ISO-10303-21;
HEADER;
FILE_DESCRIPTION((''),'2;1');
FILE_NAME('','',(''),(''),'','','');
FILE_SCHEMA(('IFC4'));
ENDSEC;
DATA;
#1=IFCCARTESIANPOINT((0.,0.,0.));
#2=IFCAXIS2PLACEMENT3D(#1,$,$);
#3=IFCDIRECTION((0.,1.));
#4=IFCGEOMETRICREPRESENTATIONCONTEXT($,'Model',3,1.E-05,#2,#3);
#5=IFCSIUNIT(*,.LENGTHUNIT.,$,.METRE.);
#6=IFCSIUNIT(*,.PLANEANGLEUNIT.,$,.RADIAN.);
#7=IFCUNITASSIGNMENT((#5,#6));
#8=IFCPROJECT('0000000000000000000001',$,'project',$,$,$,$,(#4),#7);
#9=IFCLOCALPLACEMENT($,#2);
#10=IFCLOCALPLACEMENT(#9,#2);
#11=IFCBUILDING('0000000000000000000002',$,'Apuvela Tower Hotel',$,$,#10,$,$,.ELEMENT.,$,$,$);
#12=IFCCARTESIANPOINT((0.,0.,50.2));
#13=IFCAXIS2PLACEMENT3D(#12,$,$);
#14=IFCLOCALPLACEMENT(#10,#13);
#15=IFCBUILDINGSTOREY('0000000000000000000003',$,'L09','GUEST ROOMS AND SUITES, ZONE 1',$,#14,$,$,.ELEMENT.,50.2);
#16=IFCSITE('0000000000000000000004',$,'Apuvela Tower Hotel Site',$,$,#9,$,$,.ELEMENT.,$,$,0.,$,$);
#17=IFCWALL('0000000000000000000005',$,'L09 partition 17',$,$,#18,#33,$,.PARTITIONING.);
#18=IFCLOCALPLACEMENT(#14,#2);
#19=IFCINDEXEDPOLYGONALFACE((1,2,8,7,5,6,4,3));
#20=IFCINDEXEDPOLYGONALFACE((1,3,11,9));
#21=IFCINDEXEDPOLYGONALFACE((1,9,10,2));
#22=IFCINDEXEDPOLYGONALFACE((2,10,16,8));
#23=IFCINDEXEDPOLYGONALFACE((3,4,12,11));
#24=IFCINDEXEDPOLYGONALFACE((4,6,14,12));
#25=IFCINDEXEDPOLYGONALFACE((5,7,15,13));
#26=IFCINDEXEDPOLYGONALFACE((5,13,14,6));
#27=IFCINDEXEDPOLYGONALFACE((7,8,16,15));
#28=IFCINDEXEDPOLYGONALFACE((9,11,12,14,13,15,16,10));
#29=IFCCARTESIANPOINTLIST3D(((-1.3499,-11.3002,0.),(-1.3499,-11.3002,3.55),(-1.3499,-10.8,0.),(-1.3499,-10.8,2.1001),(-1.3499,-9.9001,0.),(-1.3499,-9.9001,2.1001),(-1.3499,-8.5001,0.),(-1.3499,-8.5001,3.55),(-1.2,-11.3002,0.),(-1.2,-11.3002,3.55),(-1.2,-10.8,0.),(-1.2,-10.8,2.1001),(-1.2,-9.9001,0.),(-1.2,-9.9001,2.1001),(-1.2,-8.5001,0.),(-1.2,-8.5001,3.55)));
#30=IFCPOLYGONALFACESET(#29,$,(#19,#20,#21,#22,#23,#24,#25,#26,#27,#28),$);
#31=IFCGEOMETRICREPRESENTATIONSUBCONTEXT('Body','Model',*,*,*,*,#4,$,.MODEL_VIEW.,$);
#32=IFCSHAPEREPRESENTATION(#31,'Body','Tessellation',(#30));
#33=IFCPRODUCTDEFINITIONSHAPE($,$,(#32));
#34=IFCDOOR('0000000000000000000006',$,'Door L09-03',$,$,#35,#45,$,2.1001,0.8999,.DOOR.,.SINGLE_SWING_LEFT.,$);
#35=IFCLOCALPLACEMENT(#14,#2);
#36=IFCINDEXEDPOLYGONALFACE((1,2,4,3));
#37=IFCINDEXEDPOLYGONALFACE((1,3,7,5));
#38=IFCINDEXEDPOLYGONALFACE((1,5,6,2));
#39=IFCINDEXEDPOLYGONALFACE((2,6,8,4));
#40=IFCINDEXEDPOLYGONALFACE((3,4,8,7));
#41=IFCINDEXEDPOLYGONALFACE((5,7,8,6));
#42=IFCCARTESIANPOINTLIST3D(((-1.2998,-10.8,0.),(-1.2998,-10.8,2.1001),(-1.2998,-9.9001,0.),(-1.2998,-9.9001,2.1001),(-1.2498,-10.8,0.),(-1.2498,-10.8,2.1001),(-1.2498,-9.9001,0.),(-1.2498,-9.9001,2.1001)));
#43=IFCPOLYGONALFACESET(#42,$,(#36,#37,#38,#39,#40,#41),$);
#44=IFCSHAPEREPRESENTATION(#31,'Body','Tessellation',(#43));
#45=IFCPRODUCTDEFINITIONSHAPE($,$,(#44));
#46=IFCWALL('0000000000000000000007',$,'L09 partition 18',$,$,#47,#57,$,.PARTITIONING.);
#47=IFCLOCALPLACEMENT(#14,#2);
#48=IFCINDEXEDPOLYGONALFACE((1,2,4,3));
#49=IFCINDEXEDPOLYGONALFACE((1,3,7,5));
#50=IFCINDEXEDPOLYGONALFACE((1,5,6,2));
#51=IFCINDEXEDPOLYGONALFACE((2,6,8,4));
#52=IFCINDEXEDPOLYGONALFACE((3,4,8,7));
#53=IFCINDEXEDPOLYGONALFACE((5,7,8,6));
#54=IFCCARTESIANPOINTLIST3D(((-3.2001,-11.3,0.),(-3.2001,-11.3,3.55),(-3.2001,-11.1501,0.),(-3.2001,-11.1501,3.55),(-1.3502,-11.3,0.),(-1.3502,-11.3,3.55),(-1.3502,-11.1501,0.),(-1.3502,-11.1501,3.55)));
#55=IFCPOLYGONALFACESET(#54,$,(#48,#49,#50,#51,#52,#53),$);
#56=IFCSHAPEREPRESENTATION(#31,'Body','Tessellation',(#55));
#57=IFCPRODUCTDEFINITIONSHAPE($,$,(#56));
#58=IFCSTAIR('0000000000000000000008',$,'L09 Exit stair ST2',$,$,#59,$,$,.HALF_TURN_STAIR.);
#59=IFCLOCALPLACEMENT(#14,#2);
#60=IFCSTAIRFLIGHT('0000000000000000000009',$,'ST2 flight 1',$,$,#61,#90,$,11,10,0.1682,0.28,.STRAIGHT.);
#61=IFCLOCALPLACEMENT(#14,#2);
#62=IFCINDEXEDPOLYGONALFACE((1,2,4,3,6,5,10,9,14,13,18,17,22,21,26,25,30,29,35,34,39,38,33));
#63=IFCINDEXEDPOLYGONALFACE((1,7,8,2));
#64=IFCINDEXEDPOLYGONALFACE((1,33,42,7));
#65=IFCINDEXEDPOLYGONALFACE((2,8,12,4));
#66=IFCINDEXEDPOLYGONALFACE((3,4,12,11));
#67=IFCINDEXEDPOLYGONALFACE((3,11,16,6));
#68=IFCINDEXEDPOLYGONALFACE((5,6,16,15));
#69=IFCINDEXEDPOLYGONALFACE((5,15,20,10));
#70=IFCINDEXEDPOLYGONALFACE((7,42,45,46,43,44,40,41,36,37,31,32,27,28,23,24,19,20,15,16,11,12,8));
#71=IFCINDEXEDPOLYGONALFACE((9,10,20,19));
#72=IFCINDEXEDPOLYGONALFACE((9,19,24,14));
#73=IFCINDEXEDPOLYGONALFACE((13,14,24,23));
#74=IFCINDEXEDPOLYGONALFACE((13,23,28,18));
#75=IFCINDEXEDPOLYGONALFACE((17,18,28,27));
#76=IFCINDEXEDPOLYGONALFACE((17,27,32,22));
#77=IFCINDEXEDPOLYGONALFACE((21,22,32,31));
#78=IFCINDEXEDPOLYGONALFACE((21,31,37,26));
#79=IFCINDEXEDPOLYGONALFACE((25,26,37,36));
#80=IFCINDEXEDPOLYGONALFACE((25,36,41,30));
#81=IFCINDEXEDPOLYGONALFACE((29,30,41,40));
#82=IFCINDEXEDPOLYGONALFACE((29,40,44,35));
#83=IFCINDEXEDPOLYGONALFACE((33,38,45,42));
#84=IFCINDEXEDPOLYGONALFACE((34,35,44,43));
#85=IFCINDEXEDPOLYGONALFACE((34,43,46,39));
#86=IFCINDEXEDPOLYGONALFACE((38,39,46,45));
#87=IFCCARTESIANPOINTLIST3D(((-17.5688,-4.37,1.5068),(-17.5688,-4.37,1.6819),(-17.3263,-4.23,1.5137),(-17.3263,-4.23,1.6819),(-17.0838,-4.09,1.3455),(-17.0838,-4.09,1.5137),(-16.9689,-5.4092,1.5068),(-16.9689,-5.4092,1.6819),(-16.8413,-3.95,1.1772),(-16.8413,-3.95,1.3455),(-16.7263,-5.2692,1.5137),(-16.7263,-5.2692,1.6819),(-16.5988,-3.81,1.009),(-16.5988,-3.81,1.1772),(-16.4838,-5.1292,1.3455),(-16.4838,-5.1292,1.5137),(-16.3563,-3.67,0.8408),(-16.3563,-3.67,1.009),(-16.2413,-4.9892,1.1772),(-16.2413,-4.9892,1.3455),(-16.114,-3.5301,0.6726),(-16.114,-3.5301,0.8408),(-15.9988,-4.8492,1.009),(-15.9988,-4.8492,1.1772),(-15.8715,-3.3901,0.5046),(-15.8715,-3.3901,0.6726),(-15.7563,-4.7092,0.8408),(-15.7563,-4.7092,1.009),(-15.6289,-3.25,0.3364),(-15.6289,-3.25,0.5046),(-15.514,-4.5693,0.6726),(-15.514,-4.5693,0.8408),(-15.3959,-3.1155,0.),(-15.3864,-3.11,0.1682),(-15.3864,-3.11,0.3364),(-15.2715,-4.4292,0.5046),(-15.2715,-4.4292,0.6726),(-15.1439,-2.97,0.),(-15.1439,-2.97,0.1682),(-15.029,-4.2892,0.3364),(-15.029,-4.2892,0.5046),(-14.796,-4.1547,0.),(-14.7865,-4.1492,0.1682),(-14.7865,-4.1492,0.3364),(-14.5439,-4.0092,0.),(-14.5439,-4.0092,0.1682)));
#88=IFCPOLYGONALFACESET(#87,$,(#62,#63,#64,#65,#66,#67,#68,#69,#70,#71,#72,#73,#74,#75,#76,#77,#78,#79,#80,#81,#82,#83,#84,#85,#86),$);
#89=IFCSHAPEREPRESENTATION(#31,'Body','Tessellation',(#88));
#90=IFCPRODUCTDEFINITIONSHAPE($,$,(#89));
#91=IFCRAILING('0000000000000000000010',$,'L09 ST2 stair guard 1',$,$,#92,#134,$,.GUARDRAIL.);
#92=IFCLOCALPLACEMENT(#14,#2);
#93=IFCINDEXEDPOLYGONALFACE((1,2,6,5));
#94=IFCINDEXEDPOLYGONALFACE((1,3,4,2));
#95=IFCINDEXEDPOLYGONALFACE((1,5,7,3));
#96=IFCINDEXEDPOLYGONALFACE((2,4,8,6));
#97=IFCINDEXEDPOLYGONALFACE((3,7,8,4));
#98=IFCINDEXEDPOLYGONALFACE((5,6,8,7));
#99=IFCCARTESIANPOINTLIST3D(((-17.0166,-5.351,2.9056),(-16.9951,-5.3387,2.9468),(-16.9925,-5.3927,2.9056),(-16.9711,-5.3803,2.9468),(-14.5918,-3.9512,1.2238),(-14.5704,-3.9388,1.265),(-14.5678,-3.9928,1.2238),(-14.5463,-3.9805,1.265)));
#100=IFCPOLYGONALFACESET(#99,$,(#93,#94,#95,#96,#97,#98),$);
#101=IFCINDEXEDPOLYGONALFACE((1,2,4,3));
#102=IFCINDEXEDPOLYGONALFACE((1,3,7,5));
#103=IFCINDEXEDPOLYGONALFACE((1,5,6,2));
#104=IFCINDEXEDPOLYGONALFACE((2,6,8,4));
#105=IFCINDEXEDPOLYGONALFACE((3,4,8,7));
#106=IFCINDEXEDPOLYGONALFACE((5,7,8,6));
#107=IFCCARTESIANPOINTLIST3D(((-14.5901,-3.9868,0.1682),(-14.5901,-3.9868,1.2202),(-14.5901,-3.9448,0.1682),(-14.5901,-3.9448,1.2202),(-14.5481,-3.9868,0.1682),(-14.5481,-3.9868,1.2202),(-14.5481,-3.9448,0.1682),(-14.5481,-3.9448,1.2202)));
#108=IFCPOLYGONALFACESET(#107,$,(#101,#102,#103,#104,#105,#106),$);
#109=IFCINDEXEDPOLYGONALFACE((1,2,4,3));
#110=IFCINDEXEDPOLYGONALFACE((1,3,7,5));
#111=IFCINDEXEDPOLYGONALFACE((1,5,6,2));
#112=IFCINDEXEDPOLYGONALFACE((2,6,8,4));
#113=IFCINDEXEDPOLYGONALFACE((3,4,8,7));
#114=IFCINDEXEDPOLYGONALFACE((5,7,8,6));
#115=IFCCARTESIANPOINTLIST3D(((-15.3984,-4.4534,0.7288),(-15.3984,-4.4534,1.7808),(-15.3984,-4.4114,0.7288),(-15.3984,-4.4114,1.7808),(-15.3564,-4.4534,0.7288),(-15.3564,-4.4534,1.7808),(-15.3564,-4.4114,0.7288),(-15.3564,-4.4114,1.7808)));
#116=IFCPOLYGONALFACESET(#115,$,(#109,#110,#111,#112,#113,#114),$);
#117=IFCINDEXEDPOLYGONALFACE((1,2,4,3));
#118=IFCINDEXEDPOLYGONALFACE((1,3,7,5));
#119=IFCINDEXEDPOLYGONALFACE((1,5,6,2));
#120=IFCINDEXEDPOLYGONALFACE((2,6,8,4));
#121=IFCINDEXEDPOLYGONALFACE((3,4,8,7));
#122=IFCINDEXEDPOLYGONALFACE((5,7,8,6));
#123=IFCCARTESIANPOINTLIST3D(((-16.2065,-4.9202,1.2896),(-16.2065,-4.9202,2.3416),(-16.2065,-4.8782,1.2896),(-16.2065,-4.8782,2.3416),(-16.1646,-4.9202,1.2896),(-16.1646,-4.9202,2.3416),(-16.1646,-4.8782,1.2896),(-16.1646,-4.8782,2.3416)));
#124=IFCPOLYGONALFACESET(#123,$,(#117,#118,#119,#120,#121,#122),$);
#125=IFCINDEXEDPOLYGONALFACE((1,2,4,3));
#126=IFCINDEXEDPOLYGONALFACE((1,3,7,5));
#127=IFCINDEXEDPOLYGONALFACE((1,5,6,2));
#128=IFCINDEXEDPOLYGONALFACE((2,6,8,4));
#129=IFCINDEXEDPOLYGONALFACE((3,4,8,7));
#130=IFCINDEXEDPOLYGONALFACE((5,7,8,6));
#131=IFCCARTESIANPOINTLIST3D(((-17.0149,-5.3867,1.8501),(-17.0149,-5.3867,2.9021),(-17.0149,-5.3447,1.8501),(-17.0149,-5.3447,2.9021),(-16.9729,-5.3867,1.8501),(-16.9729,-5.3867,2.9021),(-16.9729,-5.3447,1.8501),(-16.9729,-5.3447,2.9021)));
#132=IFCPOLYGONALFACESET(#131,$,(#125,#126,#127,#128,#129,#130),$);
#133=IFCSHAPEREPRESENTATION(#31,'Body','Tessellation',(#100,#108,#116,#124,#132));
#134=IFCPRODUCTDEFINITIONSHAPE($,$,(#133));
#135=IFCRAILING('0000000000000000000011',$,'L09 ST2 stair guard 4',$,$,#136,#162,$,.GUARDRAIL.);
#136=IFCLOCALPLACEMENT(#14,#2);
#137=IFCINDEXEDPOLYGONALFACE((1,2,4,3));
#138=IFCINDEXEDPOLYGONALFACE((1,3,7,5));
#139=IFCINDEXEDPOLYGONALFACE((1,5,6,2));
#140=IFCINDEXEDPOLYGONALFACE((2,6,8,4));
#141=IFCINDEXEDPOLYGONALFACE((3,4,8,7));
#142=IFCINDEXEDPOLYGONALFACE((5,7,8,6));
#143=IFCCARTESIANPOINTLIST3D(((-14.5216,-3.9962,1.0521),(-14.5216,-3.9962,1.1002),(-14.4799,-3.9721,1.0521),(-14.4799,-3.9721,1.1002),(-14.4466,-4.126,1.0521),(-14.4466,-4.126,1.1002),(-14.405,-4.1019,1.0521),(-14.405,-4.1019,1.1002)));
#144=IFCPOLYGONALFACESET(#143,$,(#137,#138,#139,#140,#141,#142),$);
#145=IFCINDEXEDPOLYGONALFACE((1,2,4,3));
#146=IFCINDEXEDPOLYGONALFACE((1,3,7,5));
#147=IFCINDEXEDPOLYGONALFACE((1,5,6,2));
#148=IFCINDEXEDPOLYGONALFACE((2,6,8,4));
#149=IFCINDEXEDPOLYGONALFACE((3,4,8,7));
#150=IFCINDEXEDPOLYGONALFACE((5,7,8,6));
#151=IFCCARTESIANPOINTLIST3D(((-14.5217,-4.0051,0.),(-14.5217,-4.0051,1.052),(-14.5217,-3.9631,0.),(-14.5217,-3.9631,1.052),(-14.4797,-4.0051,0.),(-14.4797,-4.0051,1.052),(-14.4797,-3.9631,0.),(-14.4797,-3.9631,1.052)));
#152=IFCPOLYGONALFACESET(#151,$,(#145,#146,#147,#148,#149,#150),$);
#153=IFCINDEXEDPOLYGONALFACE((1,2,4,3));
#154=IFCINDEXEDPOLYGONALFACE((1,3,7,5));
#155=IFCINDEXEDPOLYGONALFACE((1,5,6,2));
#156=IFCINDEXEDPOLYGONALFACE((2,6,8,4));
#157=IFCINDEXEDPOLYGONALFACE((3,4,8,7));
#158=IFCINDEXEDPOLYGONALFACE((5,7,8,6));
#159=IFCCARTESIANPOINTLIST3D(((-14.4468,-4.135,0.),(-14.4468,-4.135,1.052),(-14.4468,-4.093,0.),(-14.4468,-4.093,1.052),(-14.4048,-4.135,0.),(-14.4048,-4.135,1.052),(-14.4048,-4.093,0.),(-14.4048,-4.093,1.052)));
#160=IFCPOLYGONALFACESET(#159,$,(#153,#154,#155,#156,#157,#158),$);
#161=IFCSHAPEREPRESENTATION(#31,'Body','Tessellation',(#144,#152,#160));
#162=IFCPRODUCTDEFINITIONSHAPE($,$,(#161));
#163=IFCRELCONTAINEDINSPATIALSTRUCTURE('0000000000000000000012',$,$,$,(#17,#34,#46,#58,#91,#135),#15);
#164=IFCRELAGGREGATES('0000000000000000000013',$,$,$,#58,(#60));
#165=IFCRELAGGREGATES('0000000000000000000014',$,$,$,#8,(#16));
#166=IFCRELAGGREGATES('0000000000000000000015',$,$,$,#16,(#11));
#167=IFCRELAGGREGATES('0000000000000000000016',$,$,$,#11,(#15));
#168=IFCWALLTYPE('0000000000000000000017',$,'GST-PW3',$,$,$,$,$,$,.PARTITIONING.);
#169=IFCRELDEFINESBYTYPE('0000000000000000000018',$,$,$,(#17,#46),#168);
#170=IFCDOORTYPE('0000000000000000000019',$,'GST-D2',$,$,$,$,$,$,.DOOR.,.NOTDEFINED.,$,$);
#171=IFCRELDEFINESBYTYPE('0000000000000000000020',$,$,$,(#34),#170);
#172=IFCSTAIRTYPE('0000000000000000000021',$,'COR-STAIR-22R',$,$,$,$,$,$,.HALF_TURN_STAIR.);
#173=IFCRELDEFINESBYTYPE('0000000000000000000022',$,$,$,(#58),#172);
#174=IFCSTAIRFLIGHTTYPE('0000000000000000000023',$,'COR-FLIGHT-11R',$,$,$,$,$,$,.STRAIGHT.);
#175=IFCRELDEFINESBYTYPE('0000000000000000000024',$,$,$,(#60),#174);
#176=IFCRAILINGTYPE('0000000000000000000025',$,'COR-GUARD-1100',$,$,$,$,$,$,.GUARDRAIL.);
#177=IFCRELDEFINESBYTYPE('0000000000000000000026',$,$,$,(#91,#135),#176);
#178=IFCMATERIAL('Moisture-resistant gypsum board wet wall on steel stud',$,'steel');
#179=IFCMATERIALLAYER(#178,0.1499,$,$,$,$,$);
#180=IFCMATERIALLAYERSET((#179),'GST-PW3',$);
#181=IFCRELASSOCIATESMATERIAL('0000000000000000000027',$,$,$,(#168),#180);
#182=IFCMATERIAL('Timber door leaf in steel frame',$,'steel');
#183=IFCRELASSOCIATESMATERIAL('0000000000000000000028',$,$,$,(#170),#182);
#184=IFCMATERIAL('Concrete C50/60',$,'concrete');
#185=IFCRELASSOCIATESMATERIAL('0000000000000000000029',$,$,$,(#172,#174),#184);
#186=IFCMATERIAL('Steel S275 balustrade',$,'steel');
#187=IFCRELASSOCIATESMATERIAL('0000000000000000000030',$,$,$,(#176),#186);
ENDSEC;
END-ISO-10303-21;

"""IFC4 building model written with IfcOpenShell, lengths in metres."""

from ifc_helpers import new_model, si_unit, direction, frame, frame_2d, origin, origin_2d, place, context, subcontext, project, spatial, polyline, rectangle, outline, extrude, material, layer, layer_set, type_object, element, fill, aggregate, save


model = new_model("IFC4")

# Units and contexts
model_context = context("Model", 3, precision=1e-05, world=origin(), true_north=direction((0.0, 1.0)))
body_context = subcontext(model_context, "Body", "Model", "MODEL_VIEW")
ifc_project = project(units=[si_unit("LENGTHUNIT", "METRE"), si_unit("PLANEANGLEUNIT", "RADIAN")], contexts=[model_context])

# Site, building, storey
site_placement = place(None, origin())
site = spatial("IfcSite", under=ifc_project, at=site_placement, Name="Apuvela Tower Hotel Site", CompositionType="ELEMENT", RefElevation=0.0)
building_placement = place(site_placement, origin())
building = spatial("IfcBuilding", under=site, at=building_placement, Name="Apuvela Tower Hotel", CompositionType="ELEMENT")
storey_placement = place(building_placement, frame((0.0, 0.0, 50.2)))
storey = spatial("IfcBuildingStorey", under=building, at=storey_placement, Name="L09", Description="GUEST ROOMS AND SUITES, ZONE 1", CompositionType="ELEMENT", Elevation=50.2)

# Shared definitions
ifc_material_1 = material(Name="Concrete C50/60", Category="concrete")

# Wall, opening, door
ifc_material_2 = material(Name="Timber door leaf in steel frame", Category="steel")
ifc_material_3 = material(Name="Moisture-resistant gypsum board wet wall on steel stud", Category="steel")
ifc_layer_1 = layer(ifc_material_3, 0.1499)
ifc_layer_set_1 = layer_set([ifc_layer_1], Name="GST-PW3")
wall_type_1 = type_object("IfcWallType", Name="GST-PW3", PredefinedType="PARTITIONING", material=ifc_layer_set_1)
wall_1_placement = place(storey_placement, frame((-1.2749, -11.3, 0.0), z_axis=(0.0, 0.0, 1.0), x_axis=(0.0, 1.0, 0.0)))
wall_1 = element("IfcWall", 1, at=wall_1_placement, inside=storey, type_object=wall_type_1, Name="L09 partition 17", PredefinedType="PARTITIONING", context=body_context, shape_type="SweptSolid", body=[
    extrude(rectangle(XDim=2.8, YDim=0.1499, at=frame_2d((1.3999, 0.0))), origin(), (0.0, 0.0, 1.0), 3.55),
])
opening_1_placement = place(wall_1_placement, frame((0.5, 0.0, 0.0)))
opening_1 = element("IfcOpeningElement", 2, at=opening_1_placement, cuts=wall_1, PredefinedType="OPENING", context=body_context, shape_type="SweptSolid", body=[
    extrude(rectangle(XDim=0.8999, YDim=2.1001, at=frame_2d((0.45, 1.05))), frame((0.0, 0.085, 0.0), z_axis=(0.0, -1.0, 0.0), x_axis=(1.0, 0.0, 0.0)), (0.0, 0.0, 1.0), 0.1699),
])
door_type_1 = type_object("IfcDoorType", Name="GST-D2", OperationType="NOTDEFINED", PredefinedType="DOOR", material=ifc_material_2)
door_1_placement = place(opening_1_placement, origin())
door_1 = element("IfcDoor", 3, at=door_1_placement, inside=storey, type_object=door_type_1, Name="Door L09-03", OperationType="SINGLE_SWING_LEFT", OverallHeight=2.1001, OverallWidth=0.8999, PredefinedType="DOOR", context=body_context, shape_type="SweptSolid", body=[
    extrude(rectangle(XDim=0.8999, YDim=2.1001, at=frame_2d((0.45, 1.05))), frame((0.0, 0.0249, 0.0), z_axis=(0.0, -1.0, 0.0), x_axis=(1.0, 0.0, 0.0)), (0.0, 0.0, 1.0), 0.05),
])
fill(opening_1, door_1)

# Wall
wall_2_placement = place(storey_placement, frame((-3.2, -11.2251, 0.0), z_axis=(0.0, 0.0, 1.0), x_axis=(1.0, 0.0, 0.0)))
element("IfcWall", 4, at=wall_2_placement, inside=storey, type_object=wall_type_1, Name="L09 partition 18", PredefinedType="PARTITIONING", context=body_context, shape_type="SweptSolid", body=[
    extrude(rectangle(XDim=1.8499, YDim=0.1499, at=frame_2d((0.9248, 0.0))), origin(), (0.0, 0.0, 1.0), 3.55),
])

# Stair, stair flight
stair_type = type_object("IfcStairType", Name="COR-STAIR-22R", PredefinedType="HALF_TURN_STAIR", material=ifc_material_1)
stair_placement = place(storey_placement, origin())
stair = element("IfcStair", 5, at=stair_placement, inside=storey, type_object=stair_type, Name="L09 Exit stair ST2", PredefinedType="HALF_TURN_STAIR")
stair_flight_type = type_object("IfcStairFlightType", Name="COR-FLIGHT-11R", PredefinedType="STRAIGHT", material=ifc_material_1)
stair_flight_placement = place(storey_placement, frame((-14.844, -3.4895, 0.0), z_axis=(0.0, 0.0, 1.0), x_axis=(-0.866025, -0.5, 0.0)))
stair_flight = element("IfcStairFlight", 6, at=stair_flight_placement, type_object=stair_flight_type, Name="ST2 flight 1", NumberOfRisers=11, NumberOfTreads=10, PredefinedType="STRAIGHT", RiserHeight=0.1682, TreadLength=0.28, context=body_context, shape_type="SweptSolid", body=[
    extrude(outline(polyline([(0.0, 0.0), (0.0, 0.1682), (0.28, 0.1682), (0.28, 0.3364), (0.5601, 0.3364), (0.5601, 0.5046), (0.8401, 0.5046), (0.8401, 0.6726), (1.1201, 0.6726), (1.1201, 0.8408), (1.3999, 0.8408), (1.3999, 1.009), (1.6799, 1.009), (1.6799, 1.1772), (1.96, 1.1772), (1.96, 1.3455), (2.24, 1.3455), (2.24, 1.5137), (2.52, 1.5137), (2.52, 1.6819), (2.8, 1.6819), (2.8, 1.8501), (2.8, 1.5068), (0.291, 0.0), (0.0, 0.0)])), frame((0.0, 0.6001, 0.0), z_axis=(0.0, -1.0, 0.0), x_axis=(1.0, 0.0, 0.0)), (0.0, 0.0, 1.0), 1.2),
])
aggregate(stair, [stair_flight])

# Railings
ifc_material_4 = material(Name="Steel S275 balustrade", Category="steel")
railing_type_1 = type_object("IfcRailingType", Name="COR-GUARD-1100", PredefinedType="GUARDRAIL", material=ifc_material_4)
railing_1_placement = place(storey_placement, frame((-14.5691, -3.9658, 0.1682)))
element("IfcRailing", 7, at=railing_1_placement, inside=storey, type_object=railing_type_1, Name="L09 ST2 stair guard 1", PredefinedType="GUARDRAIL", context=body_context, shape_type="SweptSolid", body=[
    extrude(rectangle(XDim=0.0481, YDim=0.0481, at=origin_2d()), frame((0.0, 0.0, 1.0762), z_axis=(-0.74239, -0.428601, 0.514934), x_axis=(0.499984, -0.866035, 0.0)), (0.0, 0.0, 1.0), 3.2661),
    extrude(rectangle(XDim=0.042, YDim=0.042, at=origin_2d()), origin(), (0.0, 0.0, 1.0), 1.052),
    extrude(rectangle(XDim=0.042, YDim=0.042, at=origin_2d()), frame((-0.8083, -0.4666, 0.5605)), (0.0, 0.0, 1.0), 1.052),
    extrude(rectangle(XDim=0.042, YDim=0.042, at=origin_2d()), frame((-1.6165, -0.9333, 1.1213)), (0.0, 0.0, 1.0), 1.052),
    extrude(rectangle(XDim=0.042, YDim=0.042, at=origin_2d()), frame((-2.4248, -1.3999, 1.6819)), (0.0, 0.0, 1.0), 1.052),
])
railing_2_placement = place(storey_placement, frame((-14.5007, -3.9841, 0.0)))
element("IfcRailing", 8, at=railing_2_placement, inside=storey, type_object=railing_type_1, Name="L09 ST2 stair guard 4", PredefinedType="GUARDRAIL", context=body_context, shape_type="SweptSolid", body=[
    extrude(rectangle(XDim=0.0481, YDim=0.0481, at=origin_2d()), frame((0.0, 0.0, 1.0762), z_axis=(0.499816, -0.866131, 0.0), x_axis=(0.866131, 0.499816, 0.0)), (0.0, 0.0, 1.0), 0.1499),
    extrude(rectangle(XDim=0.042, YDim=0.042, at=origin_2d()), origin(), (0.0, 0.0, 1.0), 1.052),
    extrude(rectangle(XDim=0.042, YDim=0.042, at=origin_2d()), frame((0.075, -0.1299, 0.0)), (0.0, 0.0, 1.0), 1.052),
])

save(model, "model.ifc")
